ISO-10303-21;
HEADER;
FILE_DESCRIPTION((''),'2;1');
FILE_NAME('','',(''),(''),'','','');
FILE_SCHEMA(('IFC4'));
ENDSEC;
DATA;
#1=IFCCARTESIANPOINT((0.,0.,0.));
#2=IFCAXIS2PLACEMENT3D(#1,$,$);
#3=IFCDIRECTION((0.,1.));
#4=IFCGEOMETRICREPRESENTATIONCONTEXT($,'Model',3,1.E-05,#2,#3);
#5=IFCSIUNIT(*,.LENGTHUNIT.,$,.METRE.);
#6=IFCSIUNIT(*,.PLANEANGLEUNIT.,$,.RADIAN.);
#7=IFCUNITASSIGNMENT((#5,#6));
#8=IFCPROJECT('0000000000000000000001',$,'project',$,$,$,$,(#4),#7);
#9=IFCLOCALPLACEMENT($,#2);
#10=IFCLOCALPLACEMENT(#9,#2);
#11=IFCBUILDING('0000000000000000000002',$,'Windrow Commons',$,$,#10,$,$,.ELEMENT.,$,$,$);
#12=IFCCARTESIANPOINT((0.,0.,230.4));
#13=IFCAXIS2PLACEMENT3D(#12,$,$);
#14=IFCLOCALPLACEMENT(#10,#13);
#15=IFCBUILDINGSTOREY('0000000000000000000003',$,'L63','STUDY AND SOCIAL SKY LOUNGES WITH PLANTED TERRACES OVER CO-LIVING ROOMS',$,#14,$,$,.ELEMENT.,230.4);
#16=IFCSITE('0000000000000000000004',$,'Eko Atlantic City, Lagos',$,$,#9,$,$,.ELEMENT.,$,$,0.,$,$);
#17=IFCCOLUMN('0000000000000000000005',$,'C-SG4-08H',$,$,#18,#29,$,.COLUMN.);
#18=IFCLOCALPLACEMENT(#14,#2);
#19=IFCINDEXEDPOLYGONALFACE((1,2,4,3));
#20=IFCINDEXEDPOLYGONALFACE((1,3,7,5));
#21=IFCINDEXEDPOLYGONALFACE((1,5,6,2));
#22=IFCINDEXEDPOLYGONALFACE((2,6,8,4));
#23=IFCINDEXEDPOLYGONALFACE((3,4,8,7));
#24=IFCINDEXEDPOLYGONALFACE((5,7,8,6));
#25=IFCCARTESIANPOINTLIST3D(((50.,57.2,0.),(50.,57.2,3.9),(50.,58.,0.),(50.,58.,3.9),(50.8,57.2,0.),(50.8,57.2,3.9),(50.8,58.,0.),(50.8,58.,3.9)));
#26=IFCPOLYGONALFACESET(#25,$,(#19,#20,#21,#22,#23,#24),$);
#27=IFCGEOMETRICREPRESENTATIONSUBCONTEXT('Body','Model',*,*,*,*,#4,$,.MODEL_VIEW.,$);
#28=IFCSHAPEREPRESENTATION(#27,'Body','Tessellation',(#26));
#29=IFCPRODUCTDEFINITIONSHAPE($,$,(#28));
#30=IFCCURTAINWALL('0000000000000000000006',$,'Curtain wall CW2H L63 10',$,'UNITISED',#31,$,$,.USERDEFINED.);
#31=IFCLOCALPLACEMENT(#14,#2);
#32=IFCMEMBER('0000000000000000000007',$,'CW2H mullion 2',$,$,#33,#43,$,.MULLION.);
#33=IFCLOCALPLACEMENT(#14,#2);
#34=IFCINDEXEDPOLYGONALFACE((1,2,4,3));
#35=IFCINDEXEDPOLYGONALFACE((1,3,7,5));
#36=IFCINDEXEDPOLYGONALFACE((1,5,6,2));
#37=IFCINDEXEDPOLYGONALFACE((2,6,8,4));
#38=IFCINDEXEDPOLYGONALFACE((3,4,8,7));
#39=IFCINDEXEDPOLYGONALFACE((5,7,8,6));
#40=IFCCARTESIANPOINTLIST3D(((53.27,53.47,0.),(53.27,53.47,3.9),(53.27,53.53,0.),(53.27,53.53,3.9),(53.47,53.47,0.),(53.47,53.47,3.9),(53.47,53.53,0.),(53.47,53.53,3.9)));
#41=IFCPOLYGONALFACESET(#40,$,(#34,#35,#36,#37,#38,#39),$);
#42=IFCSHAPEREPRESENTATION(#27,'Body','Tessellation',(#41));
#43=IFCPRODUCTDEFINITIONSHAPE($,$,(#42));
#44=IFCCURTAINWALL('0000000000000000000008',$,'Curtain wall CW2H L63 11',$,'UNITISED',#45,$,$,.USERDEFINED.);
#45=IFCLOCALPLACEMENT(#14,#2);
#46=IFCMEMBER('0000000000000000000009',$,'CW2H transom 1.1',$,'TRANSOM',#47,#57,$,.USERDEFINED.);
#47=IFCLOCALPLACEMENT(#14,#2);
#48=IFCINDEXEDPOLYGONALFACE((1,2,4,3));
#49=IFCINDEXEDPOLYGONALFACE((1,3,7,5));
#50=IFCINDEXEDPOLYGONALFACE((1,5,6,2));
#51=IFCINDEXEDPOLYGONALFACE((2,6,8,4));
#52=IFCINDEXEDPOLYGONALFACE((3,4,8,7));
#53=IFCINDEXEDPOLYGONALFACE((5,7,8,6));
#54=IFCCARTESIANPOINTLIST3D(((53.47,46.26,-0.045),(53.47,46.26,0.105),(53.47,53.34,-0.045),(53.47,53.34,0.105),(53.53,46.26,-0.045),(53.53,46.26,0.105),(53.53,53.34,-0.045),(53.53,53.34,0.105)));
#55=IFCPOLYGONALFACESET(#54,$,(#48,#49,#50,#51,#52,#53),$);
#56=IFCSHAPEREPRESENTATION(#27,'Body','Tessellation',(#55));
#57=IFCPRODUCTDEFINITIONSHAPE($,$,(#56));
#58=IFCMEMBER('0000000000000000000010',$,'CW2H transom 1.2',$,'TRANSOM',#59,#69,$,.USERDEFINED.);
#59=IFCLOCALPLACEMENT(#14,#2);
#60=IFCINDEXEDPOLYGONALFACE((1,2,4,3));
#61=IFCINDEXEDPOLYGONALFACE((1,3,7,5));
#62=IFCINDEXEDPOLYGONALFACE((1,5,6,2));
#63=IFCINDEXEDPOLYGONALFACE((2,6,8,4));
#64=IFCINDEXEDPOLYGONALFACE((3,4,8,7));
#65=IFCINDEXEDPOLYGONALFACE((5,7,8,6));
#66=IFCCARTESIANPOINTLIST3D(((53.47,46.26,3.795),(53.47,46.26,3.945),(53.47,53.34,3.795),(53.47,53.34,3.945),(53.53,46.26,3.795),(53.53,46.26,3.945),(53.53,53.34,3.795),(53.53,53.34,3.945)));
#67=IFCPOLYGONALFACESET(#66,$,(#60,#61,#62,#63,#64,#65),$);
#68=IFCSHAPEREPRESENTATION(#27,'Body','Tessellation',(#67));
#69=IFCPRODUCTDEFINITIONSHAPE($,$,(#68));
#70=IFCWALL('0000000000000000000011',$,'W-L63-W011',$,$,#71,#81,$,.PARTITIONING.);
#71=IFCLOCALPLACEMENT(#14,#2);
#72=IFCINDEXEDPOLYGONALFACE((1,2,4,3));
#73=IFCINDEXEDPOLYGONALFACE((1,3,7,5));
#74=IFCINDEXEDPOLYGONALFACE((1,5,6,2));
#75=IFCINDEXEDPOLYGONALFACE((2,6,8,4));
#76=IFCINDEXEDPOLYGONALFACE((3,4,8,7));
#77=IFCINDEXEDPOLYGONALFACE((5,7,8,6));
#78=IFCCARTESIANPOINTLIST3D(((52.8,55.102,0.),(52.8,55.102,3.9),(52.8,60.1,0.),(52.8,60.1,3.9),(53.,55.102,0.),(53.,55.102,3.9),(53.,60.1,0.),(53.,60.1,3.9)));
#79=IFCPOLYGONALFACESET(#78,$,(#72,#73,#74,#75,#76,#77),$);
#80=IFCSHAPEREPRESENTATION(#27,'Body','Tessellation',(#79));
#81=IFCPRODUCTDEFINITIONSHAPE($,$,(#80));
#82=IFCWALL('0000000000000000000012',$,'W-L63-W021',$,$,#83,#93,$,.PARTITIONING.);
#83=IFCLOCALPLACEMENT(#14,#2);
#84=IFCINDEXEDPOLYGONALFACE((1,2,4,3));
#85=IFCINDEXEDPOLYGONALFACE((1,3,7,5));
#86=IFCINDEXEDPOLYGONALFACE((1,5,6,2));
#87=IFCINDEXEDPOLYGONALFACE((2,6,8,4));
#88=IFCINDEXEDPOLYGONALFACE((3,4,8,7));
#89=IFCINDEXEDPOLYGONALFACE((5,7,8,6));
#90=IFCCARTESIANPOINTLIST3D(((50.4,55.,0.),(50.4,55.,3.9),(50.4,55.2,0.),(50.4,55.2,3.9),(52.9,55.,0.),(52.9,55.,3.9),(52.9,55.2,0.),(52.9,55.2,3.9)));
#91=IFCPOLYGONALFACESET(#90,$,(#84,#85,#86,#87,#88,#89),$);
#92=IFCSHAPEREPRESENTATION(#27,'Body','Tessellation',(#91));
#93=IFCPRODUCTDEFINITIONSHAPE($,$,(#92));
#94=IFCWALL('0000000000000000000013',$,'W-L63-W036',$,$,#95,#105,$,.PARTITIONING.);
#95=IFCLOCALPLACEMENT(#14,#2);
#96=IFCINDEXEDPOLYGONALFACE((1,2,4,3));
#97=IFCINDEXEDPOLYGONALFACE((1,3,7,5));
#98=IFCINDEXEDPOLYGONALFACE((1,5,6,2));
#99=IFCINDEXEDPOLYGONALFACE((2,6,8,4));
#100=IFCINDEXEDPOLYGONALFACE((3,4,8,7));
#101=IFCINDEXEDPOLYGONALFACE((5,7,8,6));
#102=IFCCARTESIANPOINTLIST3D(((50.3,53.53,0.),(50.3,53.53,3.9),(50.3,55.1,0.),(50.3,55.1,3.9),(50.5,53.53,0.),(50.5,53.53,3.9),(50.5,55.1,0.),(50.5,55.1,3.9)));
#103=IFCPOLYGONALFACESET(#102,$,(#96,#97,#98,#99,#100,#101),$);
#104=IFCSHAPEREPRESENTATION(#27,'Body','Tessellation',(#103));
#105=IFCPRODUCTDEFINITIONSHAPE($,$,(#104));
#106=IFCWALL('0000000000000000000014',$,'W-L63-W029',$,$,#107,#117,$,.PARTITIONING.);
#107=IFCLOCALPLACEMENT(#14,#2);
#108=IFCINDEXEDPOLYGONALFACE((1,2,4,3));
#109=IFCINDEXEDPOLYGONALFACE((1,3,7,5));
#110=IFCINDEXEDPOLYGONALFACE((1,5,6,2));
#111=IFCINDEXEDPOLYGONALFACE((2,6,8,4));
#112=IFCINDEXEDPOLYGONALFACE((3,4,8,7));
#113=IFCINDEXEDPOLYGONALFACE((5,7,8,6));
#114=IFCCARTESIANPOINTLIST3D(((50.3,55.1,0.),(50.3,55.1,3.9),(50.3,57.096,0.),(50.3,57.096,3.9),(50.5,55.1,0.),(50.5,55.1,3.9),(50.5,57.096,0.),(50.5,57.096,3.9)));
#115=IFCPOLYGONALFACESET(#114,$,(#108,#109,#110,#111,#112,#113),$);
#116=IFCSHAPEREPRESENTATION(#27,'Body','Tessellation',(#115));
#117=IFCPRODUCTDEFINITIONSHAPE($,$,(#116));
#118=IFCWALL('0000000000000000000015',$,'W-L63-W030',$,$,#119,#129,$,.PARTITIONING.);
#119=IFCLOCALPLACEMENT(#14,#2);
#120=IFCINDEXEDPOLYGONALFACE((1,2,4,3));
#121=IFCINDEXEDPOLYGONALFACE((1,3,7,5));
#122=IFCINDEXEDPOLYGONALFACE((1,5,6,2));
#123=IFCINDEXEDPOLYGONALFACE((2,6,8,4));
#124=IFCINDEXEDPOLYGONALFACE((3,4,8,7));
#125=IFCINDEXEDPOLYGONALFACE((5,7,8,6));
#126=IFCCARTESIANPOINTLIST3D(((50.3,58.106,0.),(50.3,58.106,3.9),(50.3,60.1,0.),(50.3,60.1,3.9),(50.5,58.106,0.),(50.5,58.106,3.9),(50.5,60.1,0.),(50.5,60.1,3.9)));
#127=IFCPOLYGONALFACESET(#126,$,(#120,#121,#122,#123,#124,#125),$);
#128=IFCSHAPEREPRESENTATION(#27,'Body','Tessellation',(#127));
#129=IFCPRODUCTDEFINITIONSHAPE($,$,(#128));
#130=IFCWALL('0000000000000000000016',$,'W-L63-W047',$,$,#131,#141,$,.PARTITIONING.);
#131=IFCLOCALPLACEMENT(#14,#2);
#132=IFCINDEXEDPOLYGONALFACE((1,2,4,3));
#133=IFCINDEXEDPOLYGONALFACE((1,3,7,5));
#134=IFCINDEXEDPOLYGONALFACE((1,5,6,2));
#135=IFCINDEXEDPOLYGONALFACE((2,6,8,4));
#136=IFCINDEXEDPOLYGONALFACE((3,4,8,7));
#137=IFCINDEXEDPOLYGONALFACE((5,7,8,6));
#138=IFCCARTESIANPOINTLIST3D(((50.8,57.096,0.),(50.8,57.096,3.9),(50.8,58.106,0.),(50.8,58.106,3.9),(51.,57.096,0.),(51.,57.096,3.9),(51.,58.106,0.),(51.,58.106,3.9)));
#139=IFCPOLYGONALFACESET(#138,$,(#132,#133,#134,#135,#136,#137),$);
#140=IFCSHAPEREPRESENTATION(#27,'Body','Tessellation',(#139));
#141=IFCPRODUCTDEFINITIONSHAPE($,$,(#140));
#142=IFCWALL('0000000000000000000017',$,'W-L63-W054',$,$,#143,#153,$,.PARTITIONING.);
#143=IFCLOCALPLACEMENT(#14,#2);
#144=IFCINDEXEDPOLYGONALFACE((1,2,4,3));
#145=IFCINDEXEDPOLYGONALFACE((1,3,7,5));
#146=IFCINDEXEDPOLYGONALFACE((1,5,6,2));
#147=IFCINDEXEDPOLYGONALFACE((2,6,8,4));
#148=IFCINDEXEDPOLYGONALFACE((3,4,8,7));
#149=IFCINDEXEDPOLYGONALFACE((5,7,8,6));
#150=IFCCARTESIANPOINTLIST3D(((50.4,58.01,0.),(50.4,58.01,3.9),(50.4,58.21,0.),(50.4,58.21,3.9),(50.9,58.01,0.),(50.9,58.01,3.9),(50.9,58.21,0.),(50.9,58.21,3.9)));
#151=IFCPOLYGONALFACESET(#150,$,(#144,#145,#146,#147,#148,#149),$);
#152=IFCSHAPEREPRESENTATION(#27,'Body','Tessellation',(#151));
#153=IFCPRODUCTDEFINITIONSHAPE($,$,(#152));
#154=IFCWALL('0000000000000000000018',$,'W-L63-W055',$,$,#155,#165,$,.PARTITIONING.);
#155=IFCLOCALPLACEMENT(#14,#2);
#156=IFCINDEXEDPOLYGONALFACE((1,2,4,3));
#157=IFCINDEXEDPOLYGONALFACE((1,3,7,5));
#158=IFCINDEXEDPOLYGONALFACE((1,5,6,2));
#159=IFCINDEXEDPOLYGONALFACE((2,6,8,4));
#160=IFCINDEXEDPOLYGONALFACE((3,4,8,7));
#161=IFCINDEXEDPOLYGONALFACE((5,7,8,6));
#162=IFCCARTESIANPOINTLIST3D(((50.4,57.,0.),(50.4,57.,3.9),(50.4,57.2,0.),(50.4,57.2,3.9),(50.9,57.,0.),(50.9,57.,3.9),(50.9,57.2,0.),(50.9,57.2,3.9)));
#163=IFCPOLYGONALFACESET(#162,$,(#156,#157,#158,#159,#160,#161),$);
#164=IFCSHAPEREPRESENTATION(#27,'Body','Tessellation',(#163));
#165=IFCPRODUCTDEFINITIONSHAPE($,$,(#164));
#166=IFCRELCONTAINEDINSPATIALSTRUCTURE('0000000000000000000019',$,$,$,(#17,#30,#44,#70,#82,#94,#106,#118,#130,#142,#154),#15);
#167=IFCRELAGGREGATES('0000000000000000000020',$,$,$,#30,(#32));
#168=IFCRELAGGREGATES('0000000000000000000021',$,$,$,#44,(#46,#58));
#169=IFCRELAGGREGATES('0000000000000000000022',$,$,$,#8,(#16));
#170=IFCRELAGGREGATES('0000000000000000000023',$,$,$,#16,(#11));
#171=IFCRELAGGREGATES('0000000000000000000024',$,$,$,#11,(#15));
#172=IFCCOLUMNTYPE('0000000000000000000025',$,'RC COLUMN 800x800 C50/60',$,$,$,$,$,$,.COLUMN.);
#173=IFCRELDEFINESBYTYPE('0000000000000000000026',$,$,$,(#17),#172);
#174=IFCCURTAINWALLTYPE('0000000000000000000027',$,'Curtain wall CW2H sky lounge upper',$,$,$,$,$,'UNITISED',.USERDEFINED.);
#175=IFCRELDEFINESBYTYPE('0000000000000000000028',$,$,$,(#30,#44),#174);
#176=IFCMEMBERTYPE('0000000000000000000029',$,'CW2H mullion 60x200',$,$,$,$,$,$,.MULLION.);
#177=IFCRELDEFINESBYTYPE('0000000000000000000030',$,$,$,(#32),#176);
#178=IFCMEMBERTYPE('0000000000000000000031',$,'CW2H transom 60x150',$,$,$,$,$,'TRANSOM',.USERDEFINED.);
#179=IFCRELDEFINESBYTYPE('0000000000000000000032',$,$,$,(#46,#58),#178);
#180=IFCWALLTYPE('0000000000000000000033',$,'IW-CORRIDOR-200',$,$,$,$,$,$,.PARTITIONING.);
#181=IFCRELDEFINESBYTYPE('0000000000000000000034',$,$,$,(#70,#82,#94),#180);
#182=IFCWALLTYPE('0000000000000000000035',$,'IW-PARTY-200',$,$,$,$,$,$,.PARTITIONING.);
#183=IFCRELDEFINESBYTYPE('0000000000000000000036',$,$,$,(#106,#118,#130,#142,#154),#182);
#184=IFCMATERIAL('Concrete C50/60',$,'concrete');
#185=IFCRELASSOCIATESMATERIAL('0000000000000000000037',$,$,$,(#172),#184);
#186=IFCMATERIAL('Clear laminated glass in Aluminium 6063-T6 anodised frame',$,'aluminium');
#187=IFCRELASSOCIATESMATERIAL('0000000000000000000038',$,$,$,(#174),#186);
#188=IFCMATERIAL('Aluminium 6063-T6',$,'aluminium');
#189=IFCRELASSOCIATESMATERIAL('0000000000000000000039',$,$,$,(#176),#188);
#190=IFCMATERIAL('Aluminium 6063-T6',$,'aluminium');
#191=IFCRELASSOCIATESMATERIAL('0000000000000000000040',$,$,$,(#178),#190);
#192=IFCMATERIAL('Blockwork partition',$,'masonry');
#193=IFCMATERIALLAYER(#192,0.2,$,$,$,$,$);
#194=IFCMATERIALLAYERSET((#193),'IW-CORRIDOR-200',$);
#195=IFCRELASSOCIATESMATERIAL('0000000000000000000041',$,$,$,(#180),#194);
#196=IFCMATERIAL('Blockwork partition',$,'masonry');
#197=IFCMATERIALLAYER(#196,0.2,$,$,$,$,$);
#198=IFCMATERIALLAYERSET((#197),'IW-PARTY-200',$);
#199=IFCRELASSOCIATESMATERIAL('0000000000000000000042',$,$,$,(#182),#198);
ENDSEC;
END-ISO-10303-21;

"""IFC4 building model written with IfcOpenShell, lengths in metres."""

from ifc_helpers import new_model, si_unit, direction, frame, frame_2d, origin, origin_2d, place, context, subcontext, project, spatial, rectangle, extrude, material, layer, layer_set, material_profile, profile_set, type_object, element, aggregate, save


model = new_model("IFC4")

# Units and contexts
model_context = context("Model", 3, precision=1e-05, world=origin(), true_north=direction((0.0, 1.0)))
body_context = subcontext(model_context, "Body", "Model", "MODEL_VIEW")
ifc_project = project(units=[si_unit("LENGTHUNIT", "METRE"), si_unit("PLANEANGLEUNIT", "RADIAN")], contexts=[model_context])

# Site, building, storey
site_placement = place(None, origin())
site = spatial("IfcSite", under=ifc_project, at=site_placement, Name="Eko Atlantic City, Lagos", CompositionType="ELEMENT", RefElevation=0.0)
building_placement = place(site_placement, origin())
building = spatial("IfcBuilding", under=site, at=building_placement, Name="Windrow Commons", CompositionType="ELEMENT")
storey_placement = place(building_placement, frame((0.0, 0.0, 230.4)))
storey = spatial("IfcBuildingStorey", under=building, at=storey_placement, Name="L63", Description="STUDY AND SOCIAL SKY LOUNGES WITH PLANTED TERRACES OVER CO-LIVING ROOMS", CompositionType="ELEMENT", Elevation=230.4)

# Column
ifc_material_1 = material(Name="Concrete C50/60", Category="concrete")
ifc_material_profile_1 = material_profile(ifc_material_1, rectangle(XDim=0.8, YDim=0.8, at=origin_2d()))
ifc_profile_set_1 = profile_set([ifc_material_profile_1], Name="Concrete C50/60")
column_type = type_object("IfcColumnType", Name="RC COLUMN 800x800 C50/60", PredefinedType="COLUMN", material=ifc_profile_set_1)
column_placement = place(storey_placement, frame((50.4, 57.6, 0.0), z_axis=(0.0, 0.0, 1.0), x_axis=(1.0, 0.0, 0.0)))
element("IfcColumn", 1, at=column_placement, inside=storey, type_object=column_type, Name="C-SG4-08H", PredefinedType="COLUMN", context=body_context, shape_type="SweptSolid", body=[
    extrude(rectangle(XDim=0.8, YDim=0.8, at=origin_2d()), origin(), (0.0, 0.0, 1.0), 3.9),
])

# Curtain wall, member
ifc_material_2 = material(Name="Clear laminated glass in Aluminium 6063-T6 anodised frame", Category="aluminium")
curtain_wall_type = type_object("IfcCurtainWallType", Name="Curtain wall CW2H sky lounge upper", ElementType="UNITISED", PredefinedType="USERDEFINED", material=ifc_material_2)
placement = place(storey_placement, origin())
curtain_wall_1 = element("IfcCurtainWall", 2, at=placement, inside=storey, type_object=curtain_wall_type, Name="Curtain wall CW2H L63 10", ObjectType="UNITISED", PredefinedType="USERDEFINED")
ifc_material_3 = material(Name="Aluminium 6063-T6", Category="aluminium")
ifc_material_profile_2 = material_profile(ifc_material_3, rectangle(XDim=0.06, YDim=0.2, at=origin_2d()))
ifc_profile_set_2 = profile_set([ifc_material_profile_2], Name="Aluminium 6063-T6")
member_type_1 = type_object("IfcMemberType", Name="CW2H mullion 60x200", PredefinedType="MULLION", material=ifc_profile_set_2)
member_1_placement = place(storey_placement, frame((53.37, 53.5, 0.0), z_axis=(0.0, 0.0, 1.0), x_axis=(0.0, 1.0, 0.0)))
member_1 = element("IfcMember", 3, at=member_1_placement, type_object=member_type_1, Name="CW2H mullion 2", PredefinedType="MULLION", context=body_context, shape_type="SweptSolid", body=[
    extrude(rectangle(XDim=0.06, YDim=0.2, at=origin_2d()), origin(), (0.0, 0.0, 1.0), 3.9),
])
aggregate(curtain_wall_1, [member_1])

# Curtain wall, members
curtain_wall_2 = element("IfcCurtainWall", 4, at=placement, inside=storey, type_object=curtain_wall_type, Name="Curtain wall CW2H L63 11", ObjectType="UNITISED", PredefinedType="USERDEFINED")
ifc_material_4 = material(Name="Aluminium 6063-T6", Category="aluminium")
ifc_material_profile_3 = material_profile(ifc_material_4, rectangle(XDim=0.06, YDim=0.15, at=origin_2d()))
ifc_profile_set_3 = profile_set([ifc_material_profile_3], Name="Aluminium 6063-T6")
member_type_2 = type_object("IfcMemberType", Name="CW2H transom 60x150", ElementType="TRANSOM", PredefinedType="USERDEFINED", material=ifc_profile_set_3)
member_2_placement = place(storey_placement, frame((53.5, 53.34, 0.03), z_axis=(0.0, -1.0, 0.0), x_axis=(1.0, 0.0, 0.0)))
member_2 = element("IfcMember", 5, at=member_2_placement, type_object=member_type_2, Name="CW2H transom 1.1", ObjectType="TRANSOM", PredefinedType="USERDEFINED", context=body_context, shape_type="SweptSolid", body=[
    extrude(rectangle(XDim=0.06, YDim=0.15, at=origin_2d()), origin(), (0.0, 0.0, 1.0), 7.08),
])
member_3_placement = place(storey_placement, frame((53.5, 53.34, 3.87), z_axis=(0.0, -1.0, 0.0), x_axis=(1.0, 0.0, 0.0)))
member_3 = element("IfcMember", 6, at=member_3_placement, type_object=member_type_2, Name="CW2H transom 1.2", ObjectType="TRANSOM", PredefinedType="USERDEFINED", context=body_context, shape_type="SweptSolid", body=[
    extrude(rectangle(XDim=0.06, YDim=0.15, at=origin_2d()), origin(), (0.0, 0.0, 1.0), 7.08),
])
aggregate(curtain_wall_2, [member_2, member_3])

# Walls
ifc_material_5 = material(Name="Blockwork partition", Category="masonry")
ifc_layer_1 = layer(ifc_material_5, 0.2)
ifc_layer_set_1 = layer_set([ifc_layer_1], Name="IW-CORRIDOR-200")
wall_type_1 = type_object("IfcWallType", Name="IW-CORRIDOR-200", PredefinedType="PARTITIONING", material=ifc_layer_set_1)
wall_1_placement = place(storey_placement, frame((52.9, 55.102, 0.0), z_axis=(0.0, 0.0, 1.0), x_axis=(0.0, 1.0, 0.0)))
element("IfcWall", 7, at=wall_1_placement, inside=storey, type_object=wall_type_1, Name="W-L63-W011", PredefinedType="PARTITIONING", context=body_context, shape_type="SweptSolid", body=[
    extrude(rectangle(XDim=4.998, YDim=0.2, at=frame_2d((2.499, 0.0))), origin(), (0.0, 0.0, 1.0), 3.9),
])
wall_2_placement = place(storey_placement, frame((50.4, 55.1, 0.0), z_axis=(0.0, 0.0, 1.0), x_axis=(1.0, 0.0, 0.0)))
element("IfcWall", 8, at=wall_2_placement, inside=storey, type_object=wall_type_1, Name="W-L63-W021", PredefinedType="PARTITIONING", context=body_context, shape_type="SweptSolid", body=[
    extrude(rectangle(XDim=2.5, YDim=0.2, at=frame_2d((1.25, 0.0))), origin(), (0.0, 0.0, 1.0), 3.9),
])
wall_3_placement = place(storey_placement, frame((50.4, 53.53, 0.0), z_axis=(0.0, 0.0, 1.0), x_axis=(0.0, 1.0, 0.0)))
element("IfcWall", 9, at=wall_3_placement, inside=storey, type_object=wall_type_1, Name="W-L63-W036", PredefinedType="PARTITIONING", context=body_context, shape_type="SweptSolid", body=[
    extrude(rectangle(XDim=1.57, YDim=0.2, at=frame_2d((0.785, 0.0))), origin(), (0.0, 0.0, 1.0), 3.9),
])
ifc_material_6 = material(Name="Blockwork partition", Category="masonry")
ifc_layer_2 = layer(ifc_material_6, 0.2)
ifc_layer_set_2 = layer_set([ifc_layer_2], Name="IW-PARTY-200")
wall_type_2 = type_object("IfcWallType", Name="IW-PARTY-200", PredefinedType="PARTITIONING", material=ifc_layer_set_2)
wall_4_placement = place(storey_placement, frame((50.4, 55.1, 0.0), z_axis=(0.0, 0.0, 1.0), x_axis=(0.0, 1.0, 0.0)))
element("IfcWall", 10, at=wall_4_placement, inside=storey, type_object=wall_type_2, Name="W-L63-W029", PredefinedType="PARTITIONING", context=body_context, shape_type="SweptSolid", body=[
    extrude(rectangle(XDim=1.996, YDim=0.2, at=frame_2d((0.998, 0.0))), origin(), (0.0, 0.0, 1.0), 3.9),
])
wall_5_placement = place(storey_placement, frame((50.4, 58.106, 0.0), z_axis=(0.0, 0.0, 1.0), x_axis=(0.0, 1.0, 0.0)))
element("IfcWall", 11, at=wall_5_placement, inside=storey, type_object=wall_type_2, Name="W-L63-W030", PredefinedType="PARTITIONING", context=body_context, shape_type="SweptSolid", body=[
    extrude(rectangle(XDim=1.994, YDim=0.2, at=frame_2d((0.997, 0.0))), origin(), (0.0, 0.0, 1.0), 3.9),
])
wall_6_placement = place(storey_placement, frame((50.9, 57.096, 0.0), z_axis=(0.0, 0.0, 1.0), x_axis=(0.0, 1.0, 0.0)))
element("IfcWall", 12, at=wall_6_placement, inside=storey, type_object=wall_type_2, Name="W-L63-W047", PredefinedType="PARTITIONING", context=body_context, shape_type="SweptSolid", body=[
    extrude(rectangle(XDim=1.01, YDim=0.2, at=frame_2d((0.505, 0.0))), origin(), (0.0, 0.0, 1.0), 3.9),
])
for number, where, z_axis, x_axis, name in (
    (13, (50.4, 58.11, 0.0), (0.0, 0.0, 1.0), (1.0, 0.0, 0.0), "W-L63-W054"),
    (14, (50.4, 57.1, 0.0), (0.0, 0.0, 1.0), (1.0, 0.0, 0.0), "W-L63-W055"),
):
    element("IfcWall", number, at=place(storey_placement, frame(where, z_axis=z_axis, x_axis=x_axis)), inside=storey, type_object=wall_type_2, Name=name, PredefinedType="PARTITIONING", context=body_context, shape_type="SweptSolid", body=[
        extrude(rectangle(XDim=0.5, YDim=0.2, at=frame_2d((0.25, 0.0))), origin(), (0.0, 0.0, 1.0), 3.9),
    ])

save(model, "model.ifc")
